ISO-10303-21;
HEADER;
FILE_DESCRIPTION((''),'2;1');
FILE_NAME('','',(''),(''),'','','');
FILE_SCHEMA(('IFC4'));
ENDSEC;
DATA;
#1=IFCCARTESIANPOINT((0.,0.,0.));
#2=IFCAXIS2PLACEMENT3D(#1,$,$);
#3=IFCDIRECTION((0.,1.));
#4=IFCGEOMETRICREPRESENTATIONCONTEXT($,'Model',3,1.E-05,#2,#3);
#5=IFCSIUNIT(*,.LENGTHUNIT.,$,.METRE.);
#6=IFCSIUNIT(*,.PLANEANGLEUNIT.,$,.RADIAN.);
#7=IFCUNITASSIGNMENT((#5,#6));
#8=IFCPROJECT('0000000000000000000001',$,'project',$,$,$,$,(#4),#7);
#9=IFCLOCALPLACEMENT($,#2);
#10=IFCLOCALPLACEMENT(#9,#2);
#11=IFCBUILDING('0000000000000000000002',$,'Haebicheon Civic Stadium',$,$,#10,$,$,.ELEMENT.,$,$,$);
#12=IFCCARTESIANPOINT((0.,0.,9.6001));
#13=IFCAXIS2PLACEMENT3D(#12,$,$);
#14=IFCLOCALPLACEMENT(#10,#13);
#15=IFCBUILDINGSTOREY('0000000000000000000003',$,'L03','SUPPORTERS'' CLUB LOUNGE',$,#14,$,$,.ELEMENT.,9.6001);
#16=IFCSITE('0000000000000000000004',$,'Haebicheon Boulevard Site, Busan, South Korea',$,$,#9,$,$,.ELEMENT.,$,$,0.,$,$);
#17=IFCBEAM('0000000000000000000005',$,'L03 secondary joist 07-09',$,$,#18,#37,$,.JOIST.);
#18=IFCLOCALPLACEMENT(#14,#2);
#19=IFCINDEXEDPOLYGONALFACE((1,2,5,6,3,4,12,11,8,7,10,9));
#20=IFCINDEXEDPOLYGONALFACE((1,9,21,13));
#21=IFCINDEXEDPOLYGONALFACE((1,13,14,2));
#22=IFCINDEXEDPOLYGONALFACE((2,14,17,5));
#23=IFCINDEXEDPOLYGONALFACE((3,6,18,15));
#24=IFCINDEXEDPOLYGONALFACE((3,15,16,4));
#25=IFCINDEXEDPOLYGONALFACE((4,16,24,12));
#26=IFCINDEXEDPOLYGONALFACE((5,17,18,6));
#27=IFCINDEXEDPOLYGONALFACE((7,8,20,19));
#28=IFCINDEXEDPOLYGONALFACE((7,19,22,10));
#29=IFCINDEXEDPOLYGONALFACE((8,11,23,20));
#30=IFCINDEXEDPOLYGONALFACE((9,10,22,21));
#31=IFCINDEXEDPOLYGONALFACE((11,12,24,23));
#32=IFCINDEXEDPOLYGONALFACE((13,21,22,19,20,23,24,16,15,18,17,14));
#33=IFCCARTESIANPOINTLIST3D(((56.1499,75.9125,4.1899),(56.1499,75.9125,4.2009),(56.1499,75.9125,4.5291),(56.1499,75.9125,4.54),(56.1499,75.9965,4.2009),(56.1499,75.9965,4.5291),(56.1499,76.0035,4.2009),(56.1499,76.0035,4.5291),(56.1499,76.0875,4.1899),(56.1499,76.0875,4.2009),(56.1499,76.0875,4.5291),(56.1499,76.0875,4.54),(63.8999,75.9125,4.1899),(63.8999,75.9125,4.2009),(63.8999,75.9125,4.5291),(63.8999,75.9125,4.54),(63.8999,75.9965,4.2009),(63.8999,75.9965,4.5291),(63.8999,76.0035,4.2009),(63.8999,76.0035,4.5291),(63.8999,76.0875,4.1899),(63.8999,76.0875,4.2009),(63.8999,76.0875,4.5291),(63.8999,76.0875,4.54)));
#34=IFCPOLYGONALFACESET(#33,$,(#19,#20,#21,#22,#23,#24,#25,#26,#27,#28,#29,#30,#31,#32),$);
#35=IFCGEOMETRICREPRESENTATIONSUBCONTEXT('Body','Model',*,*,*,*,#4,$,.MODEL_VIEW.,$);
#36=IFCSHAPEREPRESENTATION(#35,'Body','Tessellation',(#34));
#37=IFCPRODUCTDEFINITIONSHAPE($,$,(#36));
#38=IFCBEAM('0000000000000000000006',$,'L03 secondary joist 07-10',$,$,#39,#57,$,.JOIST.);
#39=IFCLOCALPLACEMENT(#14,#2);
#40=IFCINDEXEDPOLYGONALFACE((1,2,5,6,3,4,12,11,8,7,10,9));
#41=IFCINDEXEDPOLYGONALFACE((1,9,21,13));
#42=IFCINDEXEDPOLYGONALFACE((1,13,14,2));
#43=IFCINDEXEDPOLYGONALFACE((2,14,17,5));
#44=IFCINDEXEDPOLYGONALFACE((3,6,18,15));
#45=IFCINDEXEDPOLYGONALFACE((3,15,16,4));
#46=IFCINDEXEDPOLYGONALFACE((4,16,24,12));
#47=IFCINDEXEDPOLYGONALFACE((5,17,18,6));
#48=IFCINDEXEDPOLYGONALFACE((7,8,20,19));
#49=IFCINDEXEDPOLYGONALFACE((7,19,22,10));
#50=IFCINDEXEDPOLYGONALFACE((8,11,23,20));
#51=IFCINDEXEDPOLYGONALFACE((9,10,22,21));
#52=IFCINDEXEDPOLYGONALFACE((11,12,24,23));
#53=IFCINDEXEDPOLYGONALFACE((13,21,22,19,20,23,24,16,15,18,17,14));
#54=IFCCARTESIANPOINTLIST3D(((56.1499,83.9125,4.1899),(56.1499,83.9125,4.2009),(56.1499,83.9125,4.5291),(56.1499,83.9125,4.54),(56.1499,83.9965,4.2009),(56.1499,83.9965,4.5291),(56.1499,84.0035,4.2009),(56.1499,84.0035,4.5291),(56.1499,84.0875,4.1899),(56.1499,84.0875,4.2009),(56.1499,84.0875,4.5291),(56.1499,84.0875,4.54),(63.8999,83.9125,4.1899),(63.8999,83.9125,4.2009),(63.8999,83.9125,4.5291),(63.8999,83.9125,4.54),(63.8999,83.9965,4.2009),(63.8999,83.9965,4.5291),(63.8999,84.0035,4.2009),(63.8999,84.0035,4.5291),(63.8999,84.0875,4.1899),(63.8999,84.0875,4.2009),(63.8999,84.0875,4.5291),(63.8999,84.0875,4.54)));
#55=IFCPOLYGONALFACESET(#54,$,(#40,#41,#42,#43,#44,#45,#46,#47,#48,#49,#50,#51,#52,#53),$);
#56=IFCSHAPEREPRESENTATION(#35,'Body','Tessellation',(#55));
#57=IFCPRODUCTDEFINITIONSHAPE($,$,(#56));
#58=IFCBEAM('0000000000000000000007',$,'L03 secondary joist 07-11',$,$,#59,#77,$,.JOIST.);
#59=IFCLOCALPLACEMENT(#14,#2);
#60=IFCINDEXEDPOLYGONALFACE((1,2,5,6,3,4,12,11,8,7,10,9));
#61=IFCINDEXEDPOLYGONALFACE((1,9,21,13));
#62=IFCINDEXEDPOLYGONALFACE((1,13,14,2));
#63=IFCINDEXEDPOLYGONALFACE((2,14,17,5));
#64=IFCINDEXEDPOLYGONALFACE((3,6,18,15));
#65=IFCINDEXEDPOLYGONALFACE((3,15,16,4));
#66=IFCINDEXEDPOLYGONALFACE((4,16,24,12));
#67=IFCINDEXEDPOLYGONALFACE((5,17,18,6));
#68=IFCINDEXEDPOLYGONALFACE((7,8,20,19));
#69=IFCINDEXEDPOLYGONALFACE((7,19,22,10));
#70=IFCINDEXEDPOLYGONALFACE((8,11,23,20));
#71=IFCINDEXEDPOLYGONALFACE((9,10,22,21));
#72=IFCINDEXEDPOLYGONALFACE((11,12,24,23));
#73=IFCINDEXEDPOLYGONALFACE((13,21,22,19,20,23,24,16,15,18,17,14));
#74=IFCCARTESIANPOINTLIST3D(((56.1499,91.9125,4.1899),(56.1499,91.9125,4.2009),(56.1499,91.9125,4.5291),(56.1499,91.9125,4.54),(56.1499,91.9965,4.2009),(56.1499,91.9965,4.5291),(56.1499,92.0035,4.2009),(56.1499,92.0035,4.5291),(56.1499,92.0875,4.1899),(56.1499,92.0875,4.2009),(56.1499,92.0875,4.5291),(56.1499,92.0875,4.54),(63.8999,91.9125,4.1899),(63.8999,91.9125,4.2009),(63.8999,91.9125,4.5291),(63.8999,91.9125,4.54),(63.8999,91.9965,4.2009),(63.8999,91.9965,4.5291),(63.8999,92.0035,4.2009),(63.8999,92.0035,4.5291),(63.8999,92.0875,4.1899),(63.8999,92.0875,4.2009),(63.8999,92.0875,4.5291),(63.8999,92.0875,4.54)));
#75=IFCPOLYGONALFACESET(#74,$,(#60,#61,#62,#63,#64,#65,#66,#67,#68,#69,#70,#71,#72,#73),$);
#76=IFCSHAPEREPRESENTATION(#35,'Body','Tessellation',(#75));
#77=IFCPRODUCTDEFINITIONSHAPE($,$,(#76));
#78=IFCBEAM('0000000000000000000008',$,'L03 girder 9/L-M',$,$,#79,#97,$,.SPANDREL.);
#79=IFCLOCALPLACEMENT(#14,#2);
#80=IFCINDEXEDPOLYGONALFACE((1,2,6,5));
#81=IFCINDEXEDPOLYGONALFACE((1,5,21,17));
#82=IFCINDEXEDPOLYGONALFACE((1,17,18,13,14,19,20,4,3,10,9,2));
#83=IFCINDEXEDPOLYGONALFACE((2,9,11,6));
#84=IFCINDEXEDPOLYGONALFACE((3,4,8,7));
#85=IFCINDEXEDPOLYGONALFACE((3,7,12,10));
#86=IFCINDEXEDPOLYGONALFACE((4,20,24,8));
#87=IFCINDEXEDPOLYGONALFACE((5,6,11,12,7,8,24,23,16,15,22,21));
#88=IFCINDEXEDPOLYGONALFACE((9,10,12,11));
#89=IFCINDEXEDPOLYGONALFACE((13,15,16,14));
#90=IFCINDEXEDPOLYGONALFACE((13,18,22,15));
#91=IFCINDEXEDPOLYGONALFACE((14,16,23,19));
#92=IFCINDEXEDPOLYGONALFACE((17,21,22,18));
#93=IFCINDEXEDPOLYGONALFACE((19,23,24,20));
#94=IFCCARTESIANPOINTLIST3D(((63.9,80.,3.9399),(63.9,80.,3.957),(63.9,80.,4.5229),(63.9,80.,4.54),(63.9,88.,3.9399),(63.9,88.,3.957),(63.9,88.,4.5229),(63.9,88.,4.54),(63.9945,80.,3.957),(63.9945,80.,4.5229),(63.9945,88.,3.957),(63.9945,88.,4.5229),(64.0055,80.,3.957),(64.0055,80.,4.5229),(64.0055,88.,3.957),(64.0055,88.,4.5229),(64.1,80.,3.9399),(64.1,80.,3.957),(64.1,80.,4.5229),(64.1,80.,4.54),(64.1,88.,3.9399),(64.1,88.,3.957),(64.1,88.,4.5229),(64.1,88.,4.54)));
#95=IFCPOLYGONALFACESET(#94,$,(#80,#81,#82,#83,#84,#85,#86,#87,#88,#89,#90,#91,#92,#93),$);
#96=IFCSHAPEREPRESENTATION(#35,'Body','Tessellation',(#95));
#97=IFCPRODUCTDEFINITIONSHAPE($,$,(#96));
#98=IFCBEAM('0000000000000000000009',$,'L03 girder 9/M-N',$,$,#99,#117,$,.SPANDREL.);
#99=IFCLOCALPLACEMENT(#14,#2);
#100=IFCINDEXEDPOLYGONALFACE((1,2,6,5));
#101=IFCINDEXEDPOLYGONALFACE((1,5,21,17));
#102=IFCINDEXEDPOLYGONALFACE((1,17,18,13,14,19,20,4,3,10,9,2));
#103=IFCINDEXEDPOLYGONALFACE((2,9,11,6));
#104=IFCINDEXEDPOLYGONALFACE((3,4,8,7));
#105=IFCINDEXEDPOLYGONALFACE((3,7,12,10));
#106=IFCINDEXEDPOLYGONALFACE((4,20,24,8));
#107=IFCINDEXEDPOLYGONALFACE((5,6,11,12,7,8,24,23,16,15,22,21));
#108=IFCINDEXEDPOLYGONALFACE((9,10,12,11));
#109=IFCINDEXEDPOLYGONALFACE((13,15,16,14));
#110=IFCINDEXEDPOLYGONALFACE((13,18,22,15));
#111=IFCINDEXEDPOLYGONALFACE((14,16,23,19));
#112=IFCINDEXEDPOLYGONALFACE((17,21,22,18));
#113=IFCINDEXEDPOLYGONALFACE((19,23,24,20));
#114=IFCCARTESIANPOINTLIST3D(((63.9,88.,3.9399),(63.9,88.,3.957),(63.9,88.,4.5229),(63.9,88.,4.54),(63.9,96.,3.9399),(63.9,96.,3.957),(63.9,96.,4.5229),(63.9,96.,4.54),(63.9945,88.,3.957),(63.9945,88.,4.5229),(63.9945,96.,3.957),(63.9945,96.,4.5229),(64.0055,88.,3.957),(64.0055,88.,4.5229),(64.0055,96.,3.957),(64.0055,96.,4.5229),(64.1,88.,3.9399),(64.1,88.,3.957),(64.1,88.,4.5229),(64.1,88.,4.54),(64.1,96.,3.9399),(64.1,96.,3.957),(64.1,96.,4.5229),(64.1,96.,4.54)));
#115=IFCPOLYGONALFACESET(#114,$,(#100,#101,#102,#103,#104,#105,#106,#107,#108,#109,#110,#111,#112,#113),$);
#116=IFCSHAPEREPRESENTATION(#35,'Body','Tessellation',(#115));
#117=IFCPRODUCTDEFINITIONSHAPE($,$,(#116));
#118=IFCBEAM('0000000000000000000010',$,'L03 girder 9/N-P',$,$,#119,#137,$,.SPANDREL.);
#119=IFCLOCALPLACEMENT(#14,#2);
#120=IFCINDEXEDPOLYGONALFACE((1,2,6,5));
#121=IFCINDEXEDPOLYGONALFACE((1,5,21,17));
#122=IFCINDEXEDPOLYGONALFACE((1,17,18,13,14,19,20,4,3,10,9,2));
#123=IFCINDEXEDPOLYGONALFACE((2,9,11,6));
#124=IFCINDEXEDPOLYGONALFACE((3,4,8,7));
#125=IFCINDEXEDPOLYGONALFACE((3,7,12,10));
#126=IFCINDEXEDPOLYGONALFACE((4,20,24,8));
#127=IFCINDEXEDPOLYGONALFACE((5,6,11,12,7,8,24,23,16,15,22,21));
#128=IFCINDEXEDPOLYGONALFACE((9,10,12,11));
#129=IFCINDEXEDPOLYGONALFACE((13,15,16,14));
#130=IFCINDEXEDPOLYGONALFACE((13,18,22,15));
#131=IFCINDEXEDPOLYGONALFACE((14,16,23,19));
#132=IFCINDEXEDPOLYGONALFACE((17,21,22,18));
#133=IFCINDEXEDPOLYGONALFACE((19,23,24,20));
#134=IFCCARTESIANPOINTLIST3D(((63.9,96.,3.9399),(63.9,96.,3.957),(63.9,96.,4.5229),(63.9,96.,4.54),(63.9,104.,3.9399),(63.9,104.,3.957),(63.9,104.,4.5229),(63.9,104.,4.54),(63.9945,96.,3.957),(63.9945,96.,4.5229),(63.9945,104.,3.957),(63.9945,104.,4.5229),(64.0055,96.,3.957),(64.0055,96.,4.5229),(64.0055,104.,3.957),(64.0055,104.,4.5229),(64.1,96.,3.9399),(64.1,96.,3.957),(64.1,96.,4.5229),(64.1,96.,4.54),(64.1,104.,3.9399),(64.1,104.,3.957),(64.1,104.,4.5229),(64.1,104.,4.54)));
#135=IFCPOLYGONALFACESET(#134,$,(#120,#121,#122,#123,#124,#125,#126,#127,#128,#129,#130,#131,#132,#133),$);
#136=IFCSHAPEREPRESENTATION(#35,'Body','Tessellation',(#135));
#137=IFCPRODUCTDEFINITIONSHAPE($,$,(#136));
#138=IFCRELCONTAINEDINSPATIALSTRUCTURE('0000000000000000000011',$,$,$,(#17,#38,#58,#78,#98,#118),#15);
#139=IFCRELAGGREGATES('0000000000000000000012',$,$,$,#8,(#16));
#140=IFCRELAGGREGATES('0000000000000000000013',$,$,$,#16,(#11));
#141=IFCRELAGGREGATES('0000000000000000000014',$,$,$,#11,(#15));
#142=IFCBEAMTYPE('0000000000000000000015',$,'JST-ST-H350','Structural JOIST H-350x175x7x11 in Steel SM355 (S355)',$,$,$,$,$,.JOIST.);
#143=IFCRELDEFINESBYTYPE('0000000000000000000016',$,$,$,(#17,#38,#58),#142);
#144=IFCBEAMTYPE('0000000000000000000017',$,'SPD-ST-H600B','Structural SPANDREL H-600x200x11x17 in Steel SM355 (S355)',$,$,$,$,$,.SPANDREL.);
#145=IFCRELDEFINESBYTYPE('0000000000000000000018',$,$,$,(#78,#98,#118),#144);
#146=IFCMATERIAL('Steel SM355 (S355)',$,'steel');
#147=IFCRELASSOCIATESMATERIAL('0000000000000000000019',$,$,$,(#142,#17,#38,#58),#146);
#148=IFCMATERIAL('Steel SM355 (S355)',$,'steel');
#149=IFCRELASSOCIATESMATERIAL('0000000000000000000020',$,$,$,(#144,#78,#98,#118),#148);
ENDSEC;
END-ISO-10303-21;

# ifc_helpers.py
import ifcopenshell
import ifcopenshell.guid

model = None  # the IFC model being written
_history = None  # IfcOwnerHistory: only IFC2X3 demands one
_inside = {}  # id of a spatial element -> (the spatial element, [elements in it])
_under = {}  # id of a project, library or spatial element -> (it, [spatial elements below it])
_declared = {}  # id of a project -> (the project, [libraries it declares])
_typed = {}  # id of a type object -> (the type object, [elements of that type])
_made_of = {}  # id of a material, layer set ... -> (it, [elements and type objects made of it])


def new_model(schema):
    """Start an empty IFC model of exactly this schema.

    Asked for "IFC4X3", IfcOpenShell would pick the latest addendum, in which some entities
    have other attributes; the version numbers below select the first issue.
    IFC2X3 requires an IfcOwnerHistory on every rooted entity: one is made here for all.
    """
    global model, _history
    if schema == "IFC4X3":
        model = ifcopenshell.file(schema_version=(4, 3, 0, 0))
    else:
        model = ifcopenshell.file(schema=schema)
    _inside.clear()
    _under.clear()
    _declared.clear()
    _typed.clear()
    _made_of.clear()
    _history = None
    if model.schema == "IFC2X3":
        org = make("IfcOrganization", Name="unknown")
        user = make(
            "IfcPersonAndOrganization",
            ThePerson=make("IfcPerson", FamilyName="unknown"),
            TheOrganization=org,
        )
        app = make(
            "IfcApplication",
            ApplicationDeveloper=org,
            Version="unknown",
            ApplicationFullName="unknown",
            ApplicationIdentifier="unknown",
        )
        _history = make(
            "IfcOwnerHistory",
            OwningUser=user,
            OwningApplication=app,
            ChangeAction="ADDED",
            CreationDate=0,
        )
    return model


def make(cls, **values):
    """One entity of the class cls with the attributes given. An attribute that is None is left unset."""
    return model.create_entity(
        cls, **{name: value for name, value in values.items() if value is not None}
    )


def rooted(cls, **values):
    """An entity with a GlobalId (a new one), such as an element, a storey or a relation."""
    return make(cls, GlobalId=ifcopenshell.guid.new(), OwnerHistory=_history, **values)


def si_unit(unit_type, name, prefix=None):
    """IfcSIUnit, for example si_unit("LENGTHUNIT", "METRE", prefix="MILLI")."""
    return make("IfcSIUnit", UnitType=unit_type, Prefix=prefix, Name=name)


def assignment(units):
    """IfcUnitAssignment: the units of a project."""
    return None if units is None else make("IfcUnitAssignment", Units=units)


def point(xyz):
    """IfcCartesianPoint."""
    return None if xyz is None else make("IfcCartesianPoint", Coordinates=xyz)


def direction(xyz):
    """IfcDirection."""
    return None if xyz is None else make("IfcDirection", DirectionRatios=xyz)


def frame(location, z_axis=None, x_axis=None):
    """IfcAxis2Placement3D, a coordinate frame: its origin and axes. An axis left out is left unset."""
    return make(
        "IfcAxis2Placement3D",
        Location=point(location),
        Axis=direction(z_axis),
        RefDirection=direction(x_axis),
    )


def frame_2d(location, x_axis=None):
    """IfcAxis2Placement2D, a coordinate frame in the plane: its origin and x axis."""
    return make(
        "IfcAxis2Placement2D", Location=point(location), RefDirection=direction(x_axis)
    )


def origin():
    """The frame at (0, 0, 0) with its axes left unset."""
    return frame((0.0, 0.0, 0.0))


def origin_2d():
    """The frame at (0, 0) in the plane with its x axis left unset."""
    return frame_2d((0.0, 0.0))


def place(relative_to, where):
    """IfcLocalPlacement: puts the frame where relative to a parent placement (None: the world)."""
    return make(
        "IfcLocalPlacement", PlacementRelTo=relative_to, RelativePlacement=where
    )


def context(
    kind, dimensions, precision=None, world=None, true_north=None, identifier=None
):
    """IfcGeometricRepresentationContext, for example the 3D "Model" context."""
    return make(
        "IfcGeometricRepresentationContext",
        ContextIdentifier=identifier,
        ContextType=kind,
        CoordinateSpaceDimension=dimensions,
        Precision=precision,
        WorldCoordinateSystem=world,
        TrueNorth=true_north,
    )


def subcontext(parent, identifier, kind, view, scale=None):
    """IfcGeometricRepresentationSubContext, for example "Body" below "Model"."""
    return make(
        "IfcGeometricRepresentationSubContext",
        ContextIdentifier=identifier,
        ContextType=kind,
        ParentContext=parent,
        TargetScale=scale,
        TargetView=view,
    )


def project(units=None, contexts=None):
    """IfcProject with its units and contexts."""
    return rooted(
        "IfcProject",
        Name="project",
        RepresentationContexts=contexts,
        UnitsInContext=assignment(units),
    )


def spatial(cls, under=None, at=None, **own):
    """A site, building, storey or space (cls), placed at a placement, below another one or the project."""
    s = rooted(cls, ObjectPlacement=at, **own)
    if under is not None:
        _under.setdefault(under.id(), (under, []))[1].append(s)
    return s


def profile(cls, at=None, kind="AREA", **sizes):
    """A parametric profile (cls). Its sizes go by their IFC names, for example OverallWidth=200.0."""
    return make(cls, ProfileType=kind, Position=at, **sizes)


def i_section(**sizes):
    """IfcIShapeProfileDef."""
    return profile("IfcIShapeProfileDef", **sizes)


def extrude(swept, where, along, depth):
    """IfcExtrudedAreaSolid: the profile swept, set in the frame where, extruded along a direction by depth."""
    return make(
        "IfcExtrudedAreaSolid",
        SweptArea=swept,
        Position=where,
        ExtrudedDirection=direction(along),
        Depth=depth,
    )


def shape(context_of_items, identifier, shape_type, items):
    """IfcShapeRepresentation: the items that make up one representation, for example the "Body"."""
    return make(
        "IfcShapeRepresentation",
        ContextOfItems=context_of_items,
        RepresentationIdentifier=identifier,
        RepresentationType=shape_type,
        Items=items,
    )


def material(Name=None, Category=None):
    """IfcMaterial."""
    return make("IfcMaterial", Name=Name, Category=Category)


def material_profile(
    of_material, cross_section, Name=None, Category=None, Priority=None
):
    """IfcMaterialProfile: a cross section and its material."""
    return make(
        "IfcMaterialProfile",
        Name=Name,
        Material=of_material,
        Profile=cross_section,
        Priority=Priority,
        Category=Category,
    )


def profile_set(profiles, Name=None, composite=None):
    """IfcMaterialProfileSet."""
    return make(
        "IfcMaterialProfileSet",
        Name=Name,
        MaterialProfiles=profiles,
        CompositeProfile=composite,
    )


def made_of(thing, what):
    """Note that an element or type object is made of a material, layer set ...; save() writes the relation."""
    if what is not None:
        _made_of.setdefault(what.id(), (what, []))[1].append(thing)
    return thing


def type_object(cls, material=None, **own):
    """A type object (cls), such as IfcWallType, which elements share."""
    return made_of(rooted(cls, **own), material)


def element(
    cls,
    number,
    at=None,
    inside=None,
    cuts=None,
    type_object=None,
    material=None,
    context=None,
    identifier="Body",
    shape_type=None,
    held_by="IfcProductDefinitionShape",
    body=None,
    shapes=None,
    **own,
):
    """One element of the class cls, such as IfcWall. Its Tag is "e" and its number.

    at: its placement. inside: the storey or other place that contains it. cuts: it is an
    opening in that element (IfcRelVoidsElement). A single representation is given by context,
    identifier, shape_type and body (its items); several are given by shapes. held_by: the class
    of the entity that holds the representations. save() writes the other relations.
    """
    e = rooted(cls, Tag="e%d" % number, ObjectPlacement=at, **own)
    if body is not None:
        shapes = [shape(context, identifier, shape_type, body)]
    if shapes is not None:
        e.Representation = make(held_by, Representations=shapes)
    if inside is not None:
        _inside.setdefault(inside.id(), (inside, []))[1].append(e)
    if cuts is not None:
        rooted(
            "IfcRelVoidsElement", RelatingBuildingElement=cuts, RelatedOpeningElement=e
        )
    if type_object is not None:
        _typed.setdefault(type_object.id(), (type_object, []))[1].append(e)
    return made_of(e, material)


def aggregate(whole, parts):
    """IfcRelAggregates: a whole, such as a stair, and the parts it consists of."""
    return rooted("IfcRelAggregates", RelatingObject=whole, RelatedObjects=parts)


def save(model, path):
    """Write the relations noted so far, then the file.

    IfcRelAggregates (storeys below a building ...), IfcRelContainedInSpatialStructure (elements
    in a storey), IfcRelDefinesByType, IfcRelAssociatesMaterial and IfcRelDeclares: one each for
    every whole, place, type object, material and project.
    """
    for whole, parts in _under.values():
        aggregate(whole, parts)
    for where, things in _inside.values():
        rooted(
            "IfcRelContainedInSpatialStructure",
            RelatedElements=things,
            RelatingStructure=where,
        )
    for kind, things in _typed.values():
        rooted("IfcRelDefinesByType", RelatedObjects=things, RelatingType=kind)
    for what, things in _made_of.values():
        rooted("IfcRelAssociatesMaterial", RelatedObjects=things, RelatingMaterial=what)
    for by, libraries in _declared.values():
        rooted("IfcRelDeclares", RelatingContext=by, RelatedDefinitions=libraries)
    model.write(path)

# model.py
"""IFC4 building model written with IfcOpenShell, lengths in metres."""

from ifc_helpers import new_model, si_unit, direction, frame, origin, origin_2d, place, context, subcontext, project, spatial, i_section, extrude, material, material_profile, profile_set, type_object, element, save


model = new_model("IFC4")

# Units and contexts
model_context = context("Model", 3, precision=1e-05, world=origin(), true_north=direction((0.0, 1.0)))
body_context = subcontext(model_context, "Body", "Model", "MODEL_VIEW")
ifc_project = project(units=[si_unit("LENGTHUNIT", "METRE"), si_unit("PLANEANGLEUNIT", "RADIAN")], contexts=[model_context])

# Site, building, storey
site_placement = place(None, origin())
site = spatial("IfcSite", under=ifc_project, at=site_placement, Name="Haebicheon Boulevard Site, Busan, South Korea", CompositionType="ELEMENT", RefElevation=0.0)
building_placement = place(site_placement, origin())
building = spatial("IfcBuilding", under=site, at=building_placement, Name="Haebicheon Civic Stadium", CompositionType="ELEMENT")
storey_placement = place(building_placement, frame((0.0, 0.0, 9.6001)))
storey = spatial("IfcBuildingStorey", under=building, at=storey_placement, Name="L03", Description="SUPPORTERS' CLUB LOUNGE", CompositionType="ELEMENT", Elevation=9.6001)

# Beams
ifc_material_1 = material(Name="Steel SM355 (S355)", Category="steel")
ifc_material_profile_1 = material_profile(ifc_material_1, i_section(OverallWidth=0.175, OverallDepth=0.3501, WebThickness=0.0071, FlangeThickness=0.011, at=origin_2d()), Name="H-350x175x7x11")
ifc_profile_set_1 = profile_set([ifc_material_profile_1], Name="Steel SM355 (S355)")
beam_type_1 = type_object("IfcBeamType", Name="JST-ST-H350", Description="Structural JOIST H-350x175x7x11 in Steel SM355 (S355)", PredefinedType="JOIST", material=ifc_profile_set_1)
for number, where, z_axis, x_axis, name in (
    (1, (56.1499, 76.0, 4.365), (1.0, 0.0, 0.0), (0.0, 1.0, 0.0), "L03 secondary joist 07-09"),
    (2, (56.1499, 84.0, 4.365), (1.0, 0.0, 0.0), (0.0, 1.0, 0.0), "L03 secondary joist 07-10"),
    (3, (56.1499, 92.0, 4.365), (1.0, 0.0, 0.0), (0.0, 1.0, 0.0), "L03 secondary joist 07-11"),
):
    element("IfcBeam", number, at=place(storey_placement, frame(where, z_axis=z_axis, x_axis=x_axis)), inside=storey, type_object=beam_type_1, material=ifc_profile_set_1, Name=name, PredefinedType="JOIST", context=body_context, shape_type="SweptSolid", body=[
        extrude(i_section(OverallWidth=0.175, OverallDepth=0.3501, WebThickness=0.0071, FlangeThickness=0.011, at=origin_2d()), origin(), (0.0, 0.0, 1.0), 7.75),
    ])
ifc_material_2 = material(Name="Steel SM355 (S355)", Category="steel")
ifc_material_profile_2 = material_profile(ifc_material_2, i_section(OverallWidth=0.2, OverallDepth=0.6001, WebThickness=0.011, FlangeThickness=0.0171, at=origin_2d()), Name="H-600x200x11x17")
ifc_profile_set_2 = profile_set([ifc_material_profile_2], Name="Steel SM355 (S355)")
beam_type_2 = type_object("IfcBeamType", Name="SPD-ST-H600B", Description="Structural SPANDREL H-600x200x11x17 in Steel SM355 (S355)", PredefinedType="SPANDREL", material=ifc_profile_set_2)
for number, where, z_axis, x_axis, name in (
    (4, (64.0, 80.0, 4.24), (0.0, 1.0, 0.0), (-1.0, 0.0, 0.0), "L03 girder 9/L-M"),
    (5, (64.0, 88.0, 4.24), (0.0, 1.0, 0.0), (-1.0, 0.0, 0.0), "L03 girder 9/M-N"),
    (6, (64.0, 96.0, 4.24), (0.0, 1.0, 0.0), (-1.0, 0.0, 0.0), "L03 girder 9/N-P"),
):
    element("IfcBeam", number, at=place(storey_placement, frame(where, z_axis=z_axis, x_axis=x_axis)), inside=storey, type_object=beam_type_2, material=ifc_profile_set_2, Name=name, PredefinedType="SPANDREL", context=body_context, shape_type="SweptSolid", body=[
        extrude(i_section(OverallWidth=0.2, OverallDepth=0.6001, WebThickness=0.011, FlangeThickness=0.0171, at=origin_2d()), origin(), (0.0, 0.0, 1.0), 8.0),
    ])

save(model, "model.ifc")
